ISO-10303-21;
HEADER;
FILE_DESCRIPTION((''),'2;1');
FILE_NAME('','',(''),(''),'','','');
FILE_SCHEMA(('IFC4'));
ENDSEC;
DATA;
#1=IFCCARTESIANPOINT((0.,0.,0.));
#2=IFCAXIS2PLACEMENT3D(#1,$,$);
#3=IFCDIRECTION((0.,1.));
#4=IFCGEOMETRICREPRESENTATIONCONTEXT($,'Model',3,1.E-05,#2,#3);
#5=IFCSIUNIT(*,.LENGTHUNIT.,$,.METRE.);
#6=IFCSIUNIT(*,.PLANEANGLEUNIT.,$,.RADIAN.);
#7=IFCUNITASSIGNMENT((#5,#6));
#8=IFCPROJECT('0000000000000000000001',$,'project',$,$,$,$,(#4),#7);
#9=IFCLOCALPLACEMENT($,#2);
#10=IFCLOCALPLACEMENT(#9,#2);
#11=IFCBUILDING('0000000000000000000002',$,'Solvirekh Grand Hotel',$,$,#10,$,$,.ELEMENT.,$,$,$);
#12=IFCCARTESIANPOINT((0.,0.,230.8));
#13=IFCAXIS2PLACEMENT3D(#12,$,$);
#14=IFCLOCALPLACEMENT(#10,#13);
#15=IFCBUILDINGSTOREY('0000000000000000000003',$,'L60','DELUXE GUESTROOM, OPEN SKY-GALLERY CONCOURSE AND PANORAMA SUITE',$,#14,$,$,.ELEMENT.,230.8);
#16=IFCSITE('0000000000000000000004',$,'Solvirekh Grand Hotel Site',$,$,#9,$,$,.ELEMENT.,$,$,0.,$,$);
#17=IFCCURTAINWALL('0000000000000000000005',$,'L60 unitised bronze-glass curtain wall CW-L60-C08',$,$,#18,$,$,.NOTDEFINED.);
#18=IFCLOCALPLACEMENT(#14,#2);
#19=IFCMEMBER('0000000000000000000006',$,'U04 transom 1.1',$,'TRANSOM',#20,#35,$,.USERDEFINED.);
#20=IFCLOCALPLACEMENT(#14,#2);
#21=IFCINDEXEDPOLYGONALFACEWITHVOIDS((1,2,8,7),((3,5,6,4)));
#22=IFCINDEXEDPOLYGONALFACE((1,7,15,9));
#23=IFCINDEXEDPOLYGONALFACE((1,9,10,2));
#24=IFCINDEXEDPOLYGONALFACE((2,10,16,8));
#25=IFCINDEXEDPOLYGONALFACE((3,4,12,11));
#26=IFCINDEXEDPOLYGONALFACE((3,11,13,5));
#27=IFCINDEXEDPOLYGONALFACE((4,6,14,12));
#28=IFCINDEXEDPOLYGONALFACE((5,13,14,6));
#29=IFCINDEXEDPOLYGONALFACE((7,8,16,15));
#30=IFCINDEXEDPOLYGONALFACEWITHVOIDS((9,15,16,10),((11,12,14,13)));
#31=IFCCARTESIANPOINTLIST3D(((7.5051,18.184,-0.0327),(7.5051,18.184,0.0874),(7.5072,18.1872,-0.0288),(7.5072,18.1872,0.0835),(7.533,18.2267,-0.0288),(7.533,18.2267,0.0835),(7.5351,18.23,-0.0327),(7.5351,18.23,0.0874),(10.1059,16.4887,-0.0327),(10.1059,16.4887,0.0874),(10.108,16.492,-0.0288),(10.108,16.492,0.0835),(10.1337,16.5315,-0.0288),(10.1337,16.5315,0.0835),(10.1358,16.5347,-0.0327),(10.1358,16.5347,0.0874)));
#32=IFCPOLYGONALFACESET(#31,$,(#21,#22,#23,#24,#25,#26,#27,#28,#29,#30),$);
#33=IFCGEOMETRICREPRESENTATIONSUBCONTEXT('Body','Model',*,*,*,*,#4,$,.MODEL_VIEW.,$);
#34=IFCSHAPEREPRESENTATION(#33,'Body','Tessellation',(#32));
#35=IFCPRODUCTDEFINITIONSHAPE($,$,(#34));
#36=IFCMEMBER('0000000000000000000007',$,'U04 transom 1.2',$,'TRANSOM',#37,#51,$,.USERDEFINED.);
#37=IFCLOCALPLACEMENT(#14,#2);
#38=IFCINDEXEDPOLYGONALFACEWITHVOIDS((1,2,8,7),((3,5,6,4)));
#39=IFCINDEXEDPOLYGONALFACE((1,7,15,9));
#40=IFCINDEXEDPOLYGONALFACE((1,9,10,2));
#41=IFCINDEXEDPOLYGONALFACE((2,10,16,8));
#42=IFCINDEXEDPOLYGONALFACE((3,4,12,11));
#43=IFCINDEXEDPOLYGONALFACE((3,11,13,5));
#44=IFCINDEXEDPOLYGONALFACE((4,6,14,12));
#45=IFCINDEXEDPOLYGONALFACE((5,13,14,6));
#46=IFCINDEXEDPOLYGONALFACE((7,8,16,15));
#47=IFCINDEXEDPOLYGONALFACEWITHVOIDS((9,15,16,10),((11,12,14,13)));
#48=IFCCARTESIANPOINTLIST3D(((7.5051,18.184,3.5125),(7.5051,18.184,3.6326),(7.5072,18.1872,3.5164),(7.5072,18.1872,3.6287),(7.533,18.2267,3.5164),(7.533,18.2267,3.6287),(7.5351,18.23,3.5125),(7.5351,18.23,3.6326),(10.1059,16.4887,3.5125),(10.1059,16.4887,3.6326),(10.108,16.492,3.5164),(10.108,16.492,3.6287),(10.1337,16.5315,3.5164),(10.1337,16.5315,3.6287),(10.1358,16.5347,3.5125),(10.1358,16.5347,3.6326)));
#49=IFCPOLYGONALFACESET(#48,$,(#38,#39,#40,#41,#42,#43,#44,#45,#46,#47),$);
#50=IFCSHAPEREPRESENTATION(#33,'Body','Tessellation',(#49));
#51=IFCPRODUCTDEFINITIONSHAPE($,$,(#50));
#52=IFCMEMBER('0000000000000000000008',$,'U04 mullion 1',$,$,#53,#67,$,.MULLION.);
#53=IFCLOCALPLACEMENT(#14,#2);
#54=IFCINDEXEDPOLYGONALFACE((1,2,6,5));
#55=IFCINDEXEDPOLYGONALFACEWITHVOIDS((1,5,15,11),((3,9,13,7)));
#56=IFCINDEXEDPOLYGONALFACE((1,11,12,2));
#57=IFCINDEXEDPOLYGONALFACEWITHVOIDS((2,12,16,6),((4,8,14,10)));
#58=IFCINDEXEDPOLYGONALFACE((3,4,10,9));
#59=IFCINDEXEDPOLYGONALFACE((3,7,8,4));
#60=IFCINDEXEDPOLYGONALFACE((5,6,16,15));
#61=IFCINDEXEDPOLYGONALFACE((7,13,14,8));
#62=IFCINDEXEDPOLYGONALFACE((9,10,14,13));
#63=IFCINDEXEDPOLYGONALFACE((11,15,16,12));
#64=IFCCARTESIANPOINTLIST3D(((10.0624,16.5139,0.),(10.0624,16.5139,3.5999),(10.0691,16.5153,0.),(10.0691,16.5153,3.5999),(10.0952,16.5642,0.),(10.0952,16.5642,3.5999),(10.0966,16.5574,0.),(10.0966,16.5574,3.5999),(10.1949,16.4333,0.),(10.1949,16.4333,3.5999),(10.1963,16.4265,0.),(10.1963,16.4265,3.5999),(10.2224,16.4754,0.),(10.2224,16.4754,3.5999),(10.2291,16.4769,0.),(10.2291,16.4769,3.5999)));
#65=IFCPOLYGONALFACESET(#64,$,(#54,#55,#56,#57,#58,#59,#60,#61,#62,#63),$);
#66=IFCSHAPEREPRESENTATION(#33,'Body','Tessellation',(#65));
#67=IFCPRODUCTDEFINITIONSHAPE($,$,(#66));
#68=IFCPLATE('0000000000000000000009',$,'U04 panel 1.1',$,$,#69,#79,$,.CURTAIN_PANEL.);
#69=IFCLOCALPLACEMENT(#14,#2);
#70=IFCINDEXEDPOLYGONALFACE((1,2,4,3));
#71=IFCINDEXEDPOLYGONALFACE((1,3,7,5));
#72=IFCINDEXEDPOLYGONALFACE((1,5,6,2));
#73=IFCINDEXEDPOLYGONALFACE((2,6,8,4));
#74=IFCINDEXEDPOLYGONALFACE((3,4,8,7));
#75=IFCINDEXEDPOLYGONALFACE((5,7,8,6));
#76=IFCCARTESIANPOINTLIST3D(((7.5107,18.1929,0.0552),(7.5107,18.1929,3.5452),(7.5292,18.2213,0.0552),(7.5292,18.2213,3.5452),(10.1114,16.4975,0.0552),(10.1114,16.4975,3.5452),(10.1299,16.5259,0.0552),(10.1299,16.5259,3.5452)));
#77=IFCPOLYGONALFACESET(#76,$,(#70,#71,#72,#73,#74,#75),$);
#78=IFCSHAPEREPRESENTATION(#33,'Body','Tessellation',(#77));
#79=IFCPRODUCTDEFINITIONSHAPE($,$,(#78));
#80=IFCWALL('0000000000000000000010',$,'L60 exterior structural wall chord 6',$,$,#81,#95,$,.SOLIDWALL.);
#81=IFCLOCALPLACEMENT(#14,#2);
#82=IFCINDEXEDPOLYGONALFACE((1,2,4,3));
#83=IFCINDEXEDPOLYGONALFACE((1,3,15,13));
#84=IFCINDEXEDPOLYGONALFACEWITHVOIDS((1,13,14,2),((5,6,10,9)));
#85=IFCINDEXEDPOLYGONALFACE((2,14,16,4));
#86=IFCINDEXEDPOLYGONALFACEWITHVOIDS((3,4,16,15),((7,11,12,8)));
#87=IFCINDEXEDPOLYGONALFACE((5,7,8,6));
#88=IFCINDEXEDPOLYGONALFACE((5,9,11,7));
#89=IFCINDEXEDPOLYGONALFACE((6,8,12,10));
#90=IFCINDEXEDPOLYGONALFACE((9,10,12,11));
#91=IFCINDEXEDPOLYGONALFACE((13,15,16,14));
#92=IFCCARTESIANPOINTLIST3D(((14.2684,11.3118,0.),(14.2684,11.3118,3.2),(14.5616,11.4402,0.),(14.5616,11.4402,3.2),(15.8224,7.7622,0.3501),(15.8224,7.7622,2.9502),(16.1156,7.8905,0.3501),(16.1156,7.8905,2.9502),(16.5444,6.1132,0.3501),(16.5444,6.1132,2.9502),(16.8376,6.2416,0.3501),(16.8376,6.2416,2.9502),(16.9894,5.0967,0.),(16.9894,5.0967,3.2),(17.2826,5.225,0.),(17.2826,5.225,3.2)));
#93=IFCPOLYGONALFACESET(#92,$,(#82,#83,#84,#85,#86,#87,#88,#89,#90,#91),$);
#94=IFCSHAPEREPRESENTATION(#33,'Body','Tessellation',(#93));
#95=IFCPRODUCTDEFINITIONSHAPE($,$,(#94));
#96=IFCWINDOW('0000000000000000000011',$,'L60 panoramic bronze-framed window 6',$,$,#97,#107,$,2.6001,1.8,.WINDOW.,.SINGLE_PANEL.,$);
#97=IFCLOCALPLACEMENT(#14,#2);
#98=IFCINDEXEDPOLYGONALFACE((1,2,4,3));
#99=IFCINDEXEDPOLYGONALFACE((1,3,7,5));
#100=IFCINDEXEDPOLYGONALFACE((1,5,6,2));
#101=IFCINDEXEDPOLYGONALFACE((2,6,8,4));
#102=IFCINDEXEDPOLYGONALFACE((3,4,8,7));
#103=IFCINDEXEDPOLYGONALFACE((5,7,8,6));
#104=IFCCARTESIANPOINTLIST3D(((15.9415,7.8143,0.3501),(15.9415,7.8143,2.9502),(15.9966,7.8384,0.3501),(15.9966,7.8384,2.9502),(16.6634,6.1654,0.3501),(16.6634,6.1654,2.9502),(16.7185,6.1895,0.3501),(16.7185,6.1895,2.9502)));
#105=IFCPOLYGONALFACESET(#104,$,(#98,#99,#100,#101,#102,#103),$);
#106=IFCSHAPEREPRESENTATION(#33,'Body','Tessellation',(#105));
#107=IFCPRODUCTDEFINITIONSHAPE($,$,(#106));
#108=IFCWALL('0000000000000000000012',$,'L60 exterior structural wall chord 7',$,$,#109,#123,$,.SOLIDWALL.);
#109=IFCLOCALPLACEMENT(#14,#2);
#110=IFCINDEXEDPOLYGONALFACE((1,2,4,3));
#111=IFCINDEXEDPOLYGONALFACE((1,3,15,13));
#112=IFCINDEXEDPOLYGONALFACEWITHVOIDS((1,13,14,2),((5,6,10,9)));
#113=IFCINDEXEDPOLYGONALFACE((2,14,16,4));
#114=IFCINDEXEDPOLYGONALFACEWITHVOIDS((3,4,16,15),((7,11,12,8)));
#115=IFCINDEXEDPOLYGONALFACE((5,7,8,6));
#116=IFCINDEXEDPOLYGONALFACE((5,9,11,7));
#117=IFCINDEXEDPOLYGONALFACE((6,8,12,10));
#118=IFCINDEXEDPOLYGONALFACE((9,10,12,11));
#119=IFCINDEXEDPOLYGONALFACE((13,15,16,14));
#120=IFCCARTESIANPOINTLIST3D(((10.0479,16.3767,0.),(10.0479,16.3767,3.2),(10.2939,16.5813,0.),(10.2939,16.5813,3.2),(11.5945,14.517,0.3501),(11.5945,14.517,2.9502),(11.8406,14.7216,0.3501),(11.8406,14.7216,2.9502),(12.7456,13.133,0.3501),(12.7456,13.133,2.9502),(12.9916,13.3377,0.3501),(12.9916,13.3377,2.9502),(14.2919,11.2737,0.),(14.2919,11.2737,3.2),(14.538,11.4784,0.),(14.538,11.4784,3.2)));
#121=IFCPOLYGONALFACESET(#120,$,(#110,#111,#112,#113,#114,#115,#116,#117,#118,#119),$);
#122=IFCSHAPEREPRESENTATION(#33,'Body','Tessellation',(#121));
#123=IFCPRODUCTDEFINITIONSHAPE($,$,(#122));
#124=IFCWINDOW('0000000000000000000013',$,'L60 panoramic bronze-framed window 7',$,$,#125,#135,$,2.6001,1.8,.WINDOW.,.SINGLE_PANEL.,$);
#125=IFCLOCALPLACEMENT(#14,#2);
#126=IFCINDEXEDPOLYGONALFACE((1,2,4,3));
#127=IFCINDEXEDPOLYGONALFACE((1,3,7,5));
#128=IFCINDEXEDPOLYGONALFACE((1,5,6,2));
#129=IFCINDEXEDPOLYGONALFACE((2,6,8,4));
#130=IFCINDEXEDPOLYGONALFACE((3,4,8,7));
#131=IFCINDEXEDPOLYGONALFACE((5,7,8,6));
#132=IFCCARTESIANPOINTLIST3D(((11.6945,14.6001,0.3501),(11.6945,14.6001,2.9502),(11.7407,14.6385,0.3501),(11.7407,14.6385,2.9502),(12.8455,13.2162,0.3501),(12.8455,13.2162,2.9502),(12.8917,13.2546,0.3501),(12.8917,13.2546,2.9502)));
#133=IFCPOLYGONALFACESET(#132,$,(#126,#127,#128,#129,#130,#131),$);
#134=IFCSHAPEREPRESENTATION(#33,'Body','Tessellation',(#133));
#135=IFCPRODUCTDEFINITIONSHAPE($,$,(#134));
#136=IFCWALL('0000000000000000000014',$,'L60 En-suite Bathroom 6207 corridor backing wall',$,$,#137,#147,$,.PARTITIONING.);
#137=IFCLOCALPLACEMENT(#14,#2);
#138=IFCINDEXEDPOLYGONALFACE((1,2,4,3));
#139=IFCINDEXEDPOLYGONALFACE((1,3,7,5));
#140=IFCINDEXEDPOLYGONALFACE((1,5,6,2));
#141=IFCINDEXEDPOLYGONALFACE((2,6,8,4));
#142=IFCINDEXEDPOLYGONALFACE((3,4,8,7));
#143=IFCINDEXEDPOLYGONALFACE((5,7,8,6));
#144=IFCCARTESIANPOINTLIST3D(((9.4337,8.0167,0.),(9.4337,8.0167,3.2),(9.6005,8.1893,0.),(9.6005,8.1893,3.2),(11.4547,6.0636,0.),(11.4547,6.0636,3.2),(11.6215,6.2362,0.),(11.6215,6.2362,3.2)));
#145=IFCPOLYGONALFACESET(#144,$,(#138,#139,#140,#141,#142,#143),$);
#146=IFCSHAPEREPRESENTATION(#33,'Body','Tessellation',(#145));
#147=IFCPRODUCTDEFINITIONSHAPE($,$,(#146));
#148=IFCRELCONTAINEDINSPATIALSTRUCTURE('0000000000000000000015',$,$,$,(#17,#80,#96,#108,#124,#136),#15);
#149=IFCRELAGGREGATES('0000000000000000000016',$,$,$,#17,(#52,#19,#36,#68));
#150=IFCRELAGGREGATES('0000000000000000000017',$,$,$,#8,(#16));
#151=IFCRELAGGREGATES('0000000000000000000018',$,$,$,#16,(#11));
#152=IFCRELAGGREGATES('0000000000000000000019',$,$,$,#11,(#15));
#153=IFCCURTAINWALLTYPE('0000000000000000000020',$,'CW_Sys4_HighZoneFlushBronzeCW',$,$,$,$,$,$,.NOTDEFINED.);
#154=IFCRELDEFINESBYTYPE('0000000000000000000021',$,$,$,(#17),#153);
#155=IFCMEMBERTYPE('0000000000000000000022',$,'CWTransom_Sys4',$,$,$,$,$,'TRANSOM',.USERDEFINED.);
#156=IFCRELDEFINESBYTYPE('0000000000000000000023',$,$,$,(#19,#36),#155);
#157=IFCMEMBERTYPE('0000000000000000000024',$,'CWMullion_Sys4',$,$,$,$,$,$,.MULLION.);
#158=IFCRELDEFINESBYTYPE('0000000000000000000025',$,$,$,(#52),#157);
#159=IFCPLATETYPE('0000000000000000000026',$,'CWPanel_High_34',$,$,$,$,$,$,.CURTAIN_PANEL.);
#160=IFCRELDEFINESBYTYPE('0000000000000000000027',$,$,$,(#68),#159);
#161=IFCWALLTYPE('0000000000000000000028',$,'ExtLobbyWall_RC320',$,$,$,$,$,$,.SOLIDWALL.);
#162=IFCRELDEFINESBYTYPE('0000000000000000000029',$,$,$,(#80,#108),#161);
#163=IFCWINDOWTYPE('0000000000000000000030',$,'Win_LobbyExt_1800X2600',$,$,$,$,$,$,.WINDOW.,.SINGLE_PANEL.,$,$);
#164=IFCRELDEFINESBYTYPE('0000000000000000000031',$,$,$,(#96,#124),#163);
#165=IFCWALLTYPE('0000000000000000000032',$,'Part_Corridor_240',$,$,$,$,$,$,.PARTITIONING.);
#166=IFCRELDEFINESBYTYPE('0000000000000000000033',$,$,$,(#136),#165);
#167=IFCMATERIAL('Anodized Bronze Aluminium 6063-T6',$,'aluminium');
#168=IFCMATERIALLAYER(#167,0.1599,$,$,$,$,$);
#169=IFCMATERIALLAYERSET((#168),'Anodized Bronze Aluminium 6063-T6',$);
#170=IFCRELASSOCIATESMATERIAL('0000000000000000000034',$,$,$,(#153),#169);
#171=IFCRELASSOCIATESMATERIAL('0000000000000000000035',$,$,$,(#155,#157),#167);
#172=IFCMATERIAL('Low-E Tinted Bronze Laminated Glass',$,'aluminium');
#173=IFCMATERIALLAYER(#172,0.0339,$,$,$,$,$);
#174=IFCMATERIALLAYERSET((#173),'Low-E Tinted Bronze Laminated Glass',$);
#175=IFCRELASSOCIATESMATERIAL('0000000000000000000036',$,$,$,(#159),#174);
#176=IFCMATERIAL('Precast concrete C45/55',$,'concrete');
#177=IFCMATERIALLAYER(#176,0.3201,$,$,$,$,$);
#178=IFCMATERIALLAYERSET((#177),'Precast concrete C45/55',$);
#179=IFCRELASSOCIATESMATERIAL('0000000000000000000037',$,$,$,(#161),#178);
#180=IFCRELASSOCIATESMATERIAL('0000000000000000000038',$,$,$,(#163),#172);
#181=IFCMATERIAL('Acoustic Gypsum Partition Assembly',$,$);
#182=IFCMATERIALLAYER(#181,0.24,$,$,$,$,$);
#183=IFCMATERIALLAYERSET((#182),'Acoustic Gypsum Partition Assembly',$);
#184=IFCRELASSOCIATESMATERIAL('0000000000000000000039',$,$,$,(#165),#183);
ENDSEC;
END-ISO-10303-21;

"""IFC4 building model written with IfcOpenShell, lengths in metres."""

from ifc_helpers import new_model, si_unit, direction, frame, frame_2d, origin, origin_2d, place, context, subcontext, project, spatial, rectangle, hollow_rectangle, extrude, source, transform, mapped, material, layer, layer_set, material_profile, profile_set, type_object, element, fill, aggregate, save


model = new_model("IFC4")

# Units and contexts
model_context = context("Model", 3, precision=1e-05, world=origin(), true_north=direction((0.0, 1.0)))
body_context = subcontext(model_context, "Body", "Model", "MODEL_VIEW")
ifc_project = project(units=[si_unit("LENGTHUNIT", "METRE"), si_unit("PLANEANGLEUNIT", "RADIAN")], contexts=[model_context])

# Site, building, storey
site_placement = place(None, origin())
site = spatial("IfcSite", under=ifc_project, at=site_placement, Name="Solvirekh Grand Hotel Site", CompositionType="ELEMENT", RefElevation=0.0)
building_placement = place(site_placement, origin())
building = spatial("IfcBuilding", under=site, at=building_placement, Name="Solvirekh Grand Hotel", CompositionType="ELEMENT")
storey_placement = place(building_placement, frame((0.0, 0.0, 230.8)))
storey = spatial("IfcBuildingStorey", under=building, at=storey_placement, Name="L60", Description="DELUXE GUESTROOM, OPEN SKY-GALLERY CONCOURSE AND PANORAMA SUITE", CompositionType="ELEMENT", Elevation=230.8)

# Curtain wall, members, plate
ifc_material_1 = material(Name="Anodized Bronze Aluminium 6063-T6", Category="aluminium")
ifc_layer_1 = layer(ifc_material_1, 0.1599)
ifc_layer_set_1 = layer_set([ifc_layer_1], Name="Anodized Bronze Aluminium 6063-T6")
curtain_wall_type = type_object("IfcCurtainWallType", Name="CW_Sys4_HighZoneFlushBronzeCW", PredefinedType="NOTDEFINED", material=ifc_layer_set_1)
curtain_wall_placement = place(storey_placement, origin())
curtain_wall = element("IfcCurtainWall", 1, at=curtain_wall_placement, inside=storey, type_object=curtain_wall_type, Name="L60 unitised bronze-glass curtain wall CW-L60-C08", PredefinedType="NOTDEFINED")
ifc_material_profile_1 = material_profile(ifc_material_1, hollow_rectangle(XDim=0.0549, YDim=0.1201, WallThickness=0.0039, at=origin_2d()), Name="ALU RHS 120X55X4")
ifc_profile_set_1 = profile_set([ifc_material_profile_1], Name="Anodized Bronze Aluminium 6063-T6")
member_type_1 = type_object("IfcMemberType", Name="CWTransom_Sys4", ElementType="TRANSOM", PredefinedType="USERDEFINED", material=ifc_profile_set_1)
shared_shape_1 = source(origin(), body_context, "Body", "SweptSolid", [
    extrude(hollow_rectangle(XDim=0.0549, YDim=0.1201, WallThickness=0.0039, at=origin_2d()), origin(), (0.0, 0.0, 1.0), 3.1045),
])
member_1_placement = place(storey_placement, frame((10.1208, 16.5117, 0.0273), z_axis=(-0.83774, 0.546069, 0.0), x_axis=(-0.546069, -0.83774, 0.0)))
member_1 = element("IfcMember", 2, at=member_1_placement, type_object=member_type_1, Name="U04 transom 1.1", ObjectType="TRANSOM", PredefinedType="USERDEFINED", context=body_context, shape_type="MappedRepresentation", body=[
    mapped(shared_shape_1, transform((0.0, 0.0, 0.0), x_axis=(1.0, 0.0, 0.0), y_axis=(0.0, 1.0, 0.0), z_axis=(0.0, 0.0, 1.0), scale=1.0)),
])
member_2_placement = place(storey_placement, frame((10.1208, 16.5117, 3.5725), z_axis=(-0.83774, 0.546069, 0.0), x_axis=(-0.546069, -0.83774, 0.0)))
member_2 = element("IfcMember", 3, at=member_2_placement, type_object=member_type_1, Name="U04 transom 1.2", ObjectType="TRANSOM", PredefinedType="USERDEFINED", context=body_context, shape_type="MappedRepresentation", body=[
    mapped(shared_shape_1, transform((0.0, 0.0, 0.0), x_axis=(1.0, 0.0, 0.0), y_axis=(0.0, 1.0, 0.0), z_axis=(0.0, 0.0, 1.0), scale=1.0)),
])
ifc_material_profile_2 = material_profile(ifc_material_1, hollow_rectangle(XDim=0.0601, YDim=0.1599, WallThickness=0.0049, at=origin_2d()), Name="ALU RHS 160X60X5")
ifc_profile_set_2 = profile_set([ifc_material_profile_2], Name="Anodized Bronze Aluminium 6063-T6")
member_type_2 = type_object("IfcMemberType", Name="CWMullion_Sys4", PredefinedType="MULLION", material=ifc_profile_set_2)
shared_shape_2 = source(origin(), body_context, "Body", "SweptSolid", [
    extrude(hollow_rectangle(XDim=0.0601, YDim=0.1599, WallThickness=0.0049, at=origin_2d()), origin(), (0.0, 0.0, 1.0), 3.5999),
])
member_3_placement = place(storey_placement, frame((10.1458, 16.4954, 0.0), z_axis=(0.0, 0.0, 1.0), x_axis=(-0.54611, -0.837713, 0.0)))
member_3 = element("IfcMember", 4, at=member_3_placement, type_object=member_type_2, Name="U04 mullion 1", PredefinedType="MULLION", context=body_context, shape_type="MappedRepresentation", body=[
    mapped(shared_shape_2, transform((0.0, 0.0, 0.0), x_axis=(1.0, 0.0, 0.0), y_axis=(0.0, 1.0, 0.0), z_axis=(0.0, 0.0, 1.0), scale=1.0)),
])
ifc_material_2 = material(Name="Low-E Tinted Bronze Laminated Glass", Category="aluminium")
ifc_layer_2 = layer(ifc_material_2, 0.0339)
ifc_layer_set_2 = layer_set([ifc_layer_2], Name="Low-E Tinted Bronze Laminated Glass")
plate_type = type_object("IfcPlateType", Name="CWPanel_High_34", PredefinedType="CURTAIN_PANEL", material=ifc_layer_set_2)
shared_shape_3 = source(origin(), body_context, "Body", "SweptSolid", [
    extrude(rectangle(XDim=3.1045, YDim=0.0339, at=origin_2d()), origin(), (0.0, 0.0, 1.0), 3.49),
])
plate_placement = place(storey_placement, frame((8.8203, 17.3594, 0.0552), z_axis=(0.0, 0.0, 1.0), x_axis=(-0.837713, 0.54611, 0.0)))
plate = element("IfcPlate", 5, at=plate_placement, type_object=plate_type, Name="U04 panel 1.1", PredefinedType="CURTAIN_PANEL", context=body_context, shape_type="MappedRepresentation", body=[
    mapped(shared_shape_3, transform((0.0, 0.0, 0.0), x_axis=(1.0, 0.0, 0.0), y_axis=(0.0, 1.0, 0.0), z_axis=(0.0, 0.0, 1.0), scale=1.0)),
])
aggregate(curtain_wall, [member_3, member_1, member_2, plate])

# Walls, openings, windows
ifc_material_3 = material(Name="Precast concrete C45/55", Category="concrete")
ifc_layer_3 = layer(ifc_material_3, 0.3201)
ifc_layer_set_3 = layer_set([ifc_layer_3], Name="Precast concrete C45/55")
wall_type_1 = type_object("IfcWallType", Name="ExtLobbyWall_RC320", PredefinedType="SOLIDWALL", material=ifc_layer_set_3)
wall_1_placement = place(storey_placement, frame((14.415, 11.376, 0.0), z_axis=(0.0, 0.0, 1.0), x_axis=(0.401047, -0.916057, 0.0)))
wall_1 = element("IfcWall", 6, at=wall_1_placement, inside=storey, type_object=wall_type_1, Name="L60 exterior structural wall chord 6", PredefinedType="SOLIDWALL", context=body_context, shape_type="SweptSolid", body=[
    extrude(rectangle(XDim=6.7847, YDim=0.3201, at=frame_2d((3.3923, 0.0))), origin(), (0.0, 0.0, 1.0), 3.2),
])
opening_1_placement = place(wall_1_placement, frame((3.875, 0.0, 0.3501)))
opening_1 = element("IfcOpeningElement", 7, at=opening_1_placement, cuts=wall_1, PredefinedType="OPENING", context=body_context, shape_type="SweptSolid", body=[
    extrude(rectangle(XDim=1.8, YDim=2.6001, at=frame_2d((0.8999, 1.3))), frame((0.0, 0.1699, 0.0), z_axis=(0.0, -1.0, 0.0), x_axis=(1.0, 0.0, 0.0)), (0.0, 0.0, 1.0), 0.3401),
])
window_type = type_object("IfcWindowType", Name="Win_LobbyExt_1800X2600", PartitioningType="SINGLE_PANEL", PredefinedType="WINDOW", material=ifc_material_2)
window_1_placement = place(opening_1_placement, origin())
window_1 = element("IfcWindow", 8, at=window_1_placement, inside=storey, type_object=window_type, Name="L60 panoramic bronze-framed window 6", OverallHeight=2.6001, OverallWidth=1.8, PartitioningType="SINGLE_PANEL", PredefinedType="WINDOW", context=body_context, shape_type="SweptSolid", body=[
    extrude(rectangle(XDim=1.8, YDim=2.6001, at=frame_2d((0.8999, 1.3))), frame((0.0, 0.03, 0.0), z_axis=(0.0, -1.0, 0.0), x_axis=(1.0, 0.0, 0.0)), (0.0, 0.0, 1.0), 0.0601),
])
fill(opening_1, window_1)
wall_2_placement = place(storey_placement, frame((10.1709, 16.479, 0.0), z_axis=(0.0, 0.0, 1.0), x_axis=(0.639439, -0.768842, 0.0)))
wall_2 = element("IfcWall", 9, at=wall_2_placement, inside=storey, type_object=wall_type_1, Name="L60 exterior structural wall chord 7", PredefinedType="SOLIDWALL", context=body_context, shape_type="SweptSolid", body=[
    extrude(rectangle(XDim=6.6372, YDim=0.3201, at=frame_2d((3.3186, 0.0))), origin(), (0.0, 0.0, 1.0), 3.2),
])
opening_2_placement = place(wall_2_placement, frame((2.4189, 0.0, 0.3501)))
opening_2 = element("IfcOpeningElement", 10, at=opening_2_placement, cuts=wall_2, PredefinedType="OPENING", context=body_context, shape_type="SweptSolid", body=[
    extrude(rectangle(XDim=1.8, YDim=2.6001, at=frame_2d((0.8999, 1.3))), frame((0.0, 0.1699, 0.0), z_axis=(0.0, -1.0, 0.0), x_axis=(1.0, 0.0, 0.0)), (0.0, 0.0, 1.0), 0.3401),
])
window_2_placement = place(opening_2_placement, origin())
window_2 = element("IfcWindow", 11, at=window_2_placement, inside=storey, type_object=window_type, Name="L60 panoramic bronze-framed window 7", OverallHeight=2.6001, OverallWidth=1.8, PartitioningType="SINGLE_PANEL", PredefinedType="WINDOW", context=body_context, shape_type="SweptSolid", body=[
    extrude(rectangle(XDim=1.8, YDim=2.6001, at=frame_2d((0.8999, 1.3))), frame((0.0, 0.03, 0.0), z_axis=(0.0, -1.0, 0.0), x_axis=(1.0, 0.0, 0.0)), (0.0, 0.0, 1.0), 0.0601),
])
fill(opening_2, window_2)

# Wall
ifc_material_4 = material(Name="Acoustic Gypsum Partition Assembly")
ifc_layer_4 = layer(ifc_material_4, 0.24)
ifc_layer_set_4 = layer_set([ifc_layer_4], Name="Acoustic Gypsum Partition Assembly")
wall_type_2 = type_object("IfcWallType", Name="Part_Corridor_240", PredefinedType="PARTITIONING", material=ifc_layer_set_4)
wall_3_placement = place(storey_placement, frame((11.5381, 6.1499, 0.0), z_axis=(0.0, 0.0, 1.0), x_axis=(-0.719078, 0.694929, 0.0)))
element("IfcWall", 12, at=wall_3_placement, inside=storey, type_object=wall_type_2, Name="L60 En-suite Bathroom 6207 corridor backing wall", PredefinedType="PARTITIONING", context=body_context, shape_type="SweptSolid", body=[
    extrude(rectangle(XDim=2.8105, YDim=0.24, at=frame_2d((1.4053, 0.0))), origin(), (0.0, 0.0, 1.0), 3.2),
])

save(model, "model.ifc")
